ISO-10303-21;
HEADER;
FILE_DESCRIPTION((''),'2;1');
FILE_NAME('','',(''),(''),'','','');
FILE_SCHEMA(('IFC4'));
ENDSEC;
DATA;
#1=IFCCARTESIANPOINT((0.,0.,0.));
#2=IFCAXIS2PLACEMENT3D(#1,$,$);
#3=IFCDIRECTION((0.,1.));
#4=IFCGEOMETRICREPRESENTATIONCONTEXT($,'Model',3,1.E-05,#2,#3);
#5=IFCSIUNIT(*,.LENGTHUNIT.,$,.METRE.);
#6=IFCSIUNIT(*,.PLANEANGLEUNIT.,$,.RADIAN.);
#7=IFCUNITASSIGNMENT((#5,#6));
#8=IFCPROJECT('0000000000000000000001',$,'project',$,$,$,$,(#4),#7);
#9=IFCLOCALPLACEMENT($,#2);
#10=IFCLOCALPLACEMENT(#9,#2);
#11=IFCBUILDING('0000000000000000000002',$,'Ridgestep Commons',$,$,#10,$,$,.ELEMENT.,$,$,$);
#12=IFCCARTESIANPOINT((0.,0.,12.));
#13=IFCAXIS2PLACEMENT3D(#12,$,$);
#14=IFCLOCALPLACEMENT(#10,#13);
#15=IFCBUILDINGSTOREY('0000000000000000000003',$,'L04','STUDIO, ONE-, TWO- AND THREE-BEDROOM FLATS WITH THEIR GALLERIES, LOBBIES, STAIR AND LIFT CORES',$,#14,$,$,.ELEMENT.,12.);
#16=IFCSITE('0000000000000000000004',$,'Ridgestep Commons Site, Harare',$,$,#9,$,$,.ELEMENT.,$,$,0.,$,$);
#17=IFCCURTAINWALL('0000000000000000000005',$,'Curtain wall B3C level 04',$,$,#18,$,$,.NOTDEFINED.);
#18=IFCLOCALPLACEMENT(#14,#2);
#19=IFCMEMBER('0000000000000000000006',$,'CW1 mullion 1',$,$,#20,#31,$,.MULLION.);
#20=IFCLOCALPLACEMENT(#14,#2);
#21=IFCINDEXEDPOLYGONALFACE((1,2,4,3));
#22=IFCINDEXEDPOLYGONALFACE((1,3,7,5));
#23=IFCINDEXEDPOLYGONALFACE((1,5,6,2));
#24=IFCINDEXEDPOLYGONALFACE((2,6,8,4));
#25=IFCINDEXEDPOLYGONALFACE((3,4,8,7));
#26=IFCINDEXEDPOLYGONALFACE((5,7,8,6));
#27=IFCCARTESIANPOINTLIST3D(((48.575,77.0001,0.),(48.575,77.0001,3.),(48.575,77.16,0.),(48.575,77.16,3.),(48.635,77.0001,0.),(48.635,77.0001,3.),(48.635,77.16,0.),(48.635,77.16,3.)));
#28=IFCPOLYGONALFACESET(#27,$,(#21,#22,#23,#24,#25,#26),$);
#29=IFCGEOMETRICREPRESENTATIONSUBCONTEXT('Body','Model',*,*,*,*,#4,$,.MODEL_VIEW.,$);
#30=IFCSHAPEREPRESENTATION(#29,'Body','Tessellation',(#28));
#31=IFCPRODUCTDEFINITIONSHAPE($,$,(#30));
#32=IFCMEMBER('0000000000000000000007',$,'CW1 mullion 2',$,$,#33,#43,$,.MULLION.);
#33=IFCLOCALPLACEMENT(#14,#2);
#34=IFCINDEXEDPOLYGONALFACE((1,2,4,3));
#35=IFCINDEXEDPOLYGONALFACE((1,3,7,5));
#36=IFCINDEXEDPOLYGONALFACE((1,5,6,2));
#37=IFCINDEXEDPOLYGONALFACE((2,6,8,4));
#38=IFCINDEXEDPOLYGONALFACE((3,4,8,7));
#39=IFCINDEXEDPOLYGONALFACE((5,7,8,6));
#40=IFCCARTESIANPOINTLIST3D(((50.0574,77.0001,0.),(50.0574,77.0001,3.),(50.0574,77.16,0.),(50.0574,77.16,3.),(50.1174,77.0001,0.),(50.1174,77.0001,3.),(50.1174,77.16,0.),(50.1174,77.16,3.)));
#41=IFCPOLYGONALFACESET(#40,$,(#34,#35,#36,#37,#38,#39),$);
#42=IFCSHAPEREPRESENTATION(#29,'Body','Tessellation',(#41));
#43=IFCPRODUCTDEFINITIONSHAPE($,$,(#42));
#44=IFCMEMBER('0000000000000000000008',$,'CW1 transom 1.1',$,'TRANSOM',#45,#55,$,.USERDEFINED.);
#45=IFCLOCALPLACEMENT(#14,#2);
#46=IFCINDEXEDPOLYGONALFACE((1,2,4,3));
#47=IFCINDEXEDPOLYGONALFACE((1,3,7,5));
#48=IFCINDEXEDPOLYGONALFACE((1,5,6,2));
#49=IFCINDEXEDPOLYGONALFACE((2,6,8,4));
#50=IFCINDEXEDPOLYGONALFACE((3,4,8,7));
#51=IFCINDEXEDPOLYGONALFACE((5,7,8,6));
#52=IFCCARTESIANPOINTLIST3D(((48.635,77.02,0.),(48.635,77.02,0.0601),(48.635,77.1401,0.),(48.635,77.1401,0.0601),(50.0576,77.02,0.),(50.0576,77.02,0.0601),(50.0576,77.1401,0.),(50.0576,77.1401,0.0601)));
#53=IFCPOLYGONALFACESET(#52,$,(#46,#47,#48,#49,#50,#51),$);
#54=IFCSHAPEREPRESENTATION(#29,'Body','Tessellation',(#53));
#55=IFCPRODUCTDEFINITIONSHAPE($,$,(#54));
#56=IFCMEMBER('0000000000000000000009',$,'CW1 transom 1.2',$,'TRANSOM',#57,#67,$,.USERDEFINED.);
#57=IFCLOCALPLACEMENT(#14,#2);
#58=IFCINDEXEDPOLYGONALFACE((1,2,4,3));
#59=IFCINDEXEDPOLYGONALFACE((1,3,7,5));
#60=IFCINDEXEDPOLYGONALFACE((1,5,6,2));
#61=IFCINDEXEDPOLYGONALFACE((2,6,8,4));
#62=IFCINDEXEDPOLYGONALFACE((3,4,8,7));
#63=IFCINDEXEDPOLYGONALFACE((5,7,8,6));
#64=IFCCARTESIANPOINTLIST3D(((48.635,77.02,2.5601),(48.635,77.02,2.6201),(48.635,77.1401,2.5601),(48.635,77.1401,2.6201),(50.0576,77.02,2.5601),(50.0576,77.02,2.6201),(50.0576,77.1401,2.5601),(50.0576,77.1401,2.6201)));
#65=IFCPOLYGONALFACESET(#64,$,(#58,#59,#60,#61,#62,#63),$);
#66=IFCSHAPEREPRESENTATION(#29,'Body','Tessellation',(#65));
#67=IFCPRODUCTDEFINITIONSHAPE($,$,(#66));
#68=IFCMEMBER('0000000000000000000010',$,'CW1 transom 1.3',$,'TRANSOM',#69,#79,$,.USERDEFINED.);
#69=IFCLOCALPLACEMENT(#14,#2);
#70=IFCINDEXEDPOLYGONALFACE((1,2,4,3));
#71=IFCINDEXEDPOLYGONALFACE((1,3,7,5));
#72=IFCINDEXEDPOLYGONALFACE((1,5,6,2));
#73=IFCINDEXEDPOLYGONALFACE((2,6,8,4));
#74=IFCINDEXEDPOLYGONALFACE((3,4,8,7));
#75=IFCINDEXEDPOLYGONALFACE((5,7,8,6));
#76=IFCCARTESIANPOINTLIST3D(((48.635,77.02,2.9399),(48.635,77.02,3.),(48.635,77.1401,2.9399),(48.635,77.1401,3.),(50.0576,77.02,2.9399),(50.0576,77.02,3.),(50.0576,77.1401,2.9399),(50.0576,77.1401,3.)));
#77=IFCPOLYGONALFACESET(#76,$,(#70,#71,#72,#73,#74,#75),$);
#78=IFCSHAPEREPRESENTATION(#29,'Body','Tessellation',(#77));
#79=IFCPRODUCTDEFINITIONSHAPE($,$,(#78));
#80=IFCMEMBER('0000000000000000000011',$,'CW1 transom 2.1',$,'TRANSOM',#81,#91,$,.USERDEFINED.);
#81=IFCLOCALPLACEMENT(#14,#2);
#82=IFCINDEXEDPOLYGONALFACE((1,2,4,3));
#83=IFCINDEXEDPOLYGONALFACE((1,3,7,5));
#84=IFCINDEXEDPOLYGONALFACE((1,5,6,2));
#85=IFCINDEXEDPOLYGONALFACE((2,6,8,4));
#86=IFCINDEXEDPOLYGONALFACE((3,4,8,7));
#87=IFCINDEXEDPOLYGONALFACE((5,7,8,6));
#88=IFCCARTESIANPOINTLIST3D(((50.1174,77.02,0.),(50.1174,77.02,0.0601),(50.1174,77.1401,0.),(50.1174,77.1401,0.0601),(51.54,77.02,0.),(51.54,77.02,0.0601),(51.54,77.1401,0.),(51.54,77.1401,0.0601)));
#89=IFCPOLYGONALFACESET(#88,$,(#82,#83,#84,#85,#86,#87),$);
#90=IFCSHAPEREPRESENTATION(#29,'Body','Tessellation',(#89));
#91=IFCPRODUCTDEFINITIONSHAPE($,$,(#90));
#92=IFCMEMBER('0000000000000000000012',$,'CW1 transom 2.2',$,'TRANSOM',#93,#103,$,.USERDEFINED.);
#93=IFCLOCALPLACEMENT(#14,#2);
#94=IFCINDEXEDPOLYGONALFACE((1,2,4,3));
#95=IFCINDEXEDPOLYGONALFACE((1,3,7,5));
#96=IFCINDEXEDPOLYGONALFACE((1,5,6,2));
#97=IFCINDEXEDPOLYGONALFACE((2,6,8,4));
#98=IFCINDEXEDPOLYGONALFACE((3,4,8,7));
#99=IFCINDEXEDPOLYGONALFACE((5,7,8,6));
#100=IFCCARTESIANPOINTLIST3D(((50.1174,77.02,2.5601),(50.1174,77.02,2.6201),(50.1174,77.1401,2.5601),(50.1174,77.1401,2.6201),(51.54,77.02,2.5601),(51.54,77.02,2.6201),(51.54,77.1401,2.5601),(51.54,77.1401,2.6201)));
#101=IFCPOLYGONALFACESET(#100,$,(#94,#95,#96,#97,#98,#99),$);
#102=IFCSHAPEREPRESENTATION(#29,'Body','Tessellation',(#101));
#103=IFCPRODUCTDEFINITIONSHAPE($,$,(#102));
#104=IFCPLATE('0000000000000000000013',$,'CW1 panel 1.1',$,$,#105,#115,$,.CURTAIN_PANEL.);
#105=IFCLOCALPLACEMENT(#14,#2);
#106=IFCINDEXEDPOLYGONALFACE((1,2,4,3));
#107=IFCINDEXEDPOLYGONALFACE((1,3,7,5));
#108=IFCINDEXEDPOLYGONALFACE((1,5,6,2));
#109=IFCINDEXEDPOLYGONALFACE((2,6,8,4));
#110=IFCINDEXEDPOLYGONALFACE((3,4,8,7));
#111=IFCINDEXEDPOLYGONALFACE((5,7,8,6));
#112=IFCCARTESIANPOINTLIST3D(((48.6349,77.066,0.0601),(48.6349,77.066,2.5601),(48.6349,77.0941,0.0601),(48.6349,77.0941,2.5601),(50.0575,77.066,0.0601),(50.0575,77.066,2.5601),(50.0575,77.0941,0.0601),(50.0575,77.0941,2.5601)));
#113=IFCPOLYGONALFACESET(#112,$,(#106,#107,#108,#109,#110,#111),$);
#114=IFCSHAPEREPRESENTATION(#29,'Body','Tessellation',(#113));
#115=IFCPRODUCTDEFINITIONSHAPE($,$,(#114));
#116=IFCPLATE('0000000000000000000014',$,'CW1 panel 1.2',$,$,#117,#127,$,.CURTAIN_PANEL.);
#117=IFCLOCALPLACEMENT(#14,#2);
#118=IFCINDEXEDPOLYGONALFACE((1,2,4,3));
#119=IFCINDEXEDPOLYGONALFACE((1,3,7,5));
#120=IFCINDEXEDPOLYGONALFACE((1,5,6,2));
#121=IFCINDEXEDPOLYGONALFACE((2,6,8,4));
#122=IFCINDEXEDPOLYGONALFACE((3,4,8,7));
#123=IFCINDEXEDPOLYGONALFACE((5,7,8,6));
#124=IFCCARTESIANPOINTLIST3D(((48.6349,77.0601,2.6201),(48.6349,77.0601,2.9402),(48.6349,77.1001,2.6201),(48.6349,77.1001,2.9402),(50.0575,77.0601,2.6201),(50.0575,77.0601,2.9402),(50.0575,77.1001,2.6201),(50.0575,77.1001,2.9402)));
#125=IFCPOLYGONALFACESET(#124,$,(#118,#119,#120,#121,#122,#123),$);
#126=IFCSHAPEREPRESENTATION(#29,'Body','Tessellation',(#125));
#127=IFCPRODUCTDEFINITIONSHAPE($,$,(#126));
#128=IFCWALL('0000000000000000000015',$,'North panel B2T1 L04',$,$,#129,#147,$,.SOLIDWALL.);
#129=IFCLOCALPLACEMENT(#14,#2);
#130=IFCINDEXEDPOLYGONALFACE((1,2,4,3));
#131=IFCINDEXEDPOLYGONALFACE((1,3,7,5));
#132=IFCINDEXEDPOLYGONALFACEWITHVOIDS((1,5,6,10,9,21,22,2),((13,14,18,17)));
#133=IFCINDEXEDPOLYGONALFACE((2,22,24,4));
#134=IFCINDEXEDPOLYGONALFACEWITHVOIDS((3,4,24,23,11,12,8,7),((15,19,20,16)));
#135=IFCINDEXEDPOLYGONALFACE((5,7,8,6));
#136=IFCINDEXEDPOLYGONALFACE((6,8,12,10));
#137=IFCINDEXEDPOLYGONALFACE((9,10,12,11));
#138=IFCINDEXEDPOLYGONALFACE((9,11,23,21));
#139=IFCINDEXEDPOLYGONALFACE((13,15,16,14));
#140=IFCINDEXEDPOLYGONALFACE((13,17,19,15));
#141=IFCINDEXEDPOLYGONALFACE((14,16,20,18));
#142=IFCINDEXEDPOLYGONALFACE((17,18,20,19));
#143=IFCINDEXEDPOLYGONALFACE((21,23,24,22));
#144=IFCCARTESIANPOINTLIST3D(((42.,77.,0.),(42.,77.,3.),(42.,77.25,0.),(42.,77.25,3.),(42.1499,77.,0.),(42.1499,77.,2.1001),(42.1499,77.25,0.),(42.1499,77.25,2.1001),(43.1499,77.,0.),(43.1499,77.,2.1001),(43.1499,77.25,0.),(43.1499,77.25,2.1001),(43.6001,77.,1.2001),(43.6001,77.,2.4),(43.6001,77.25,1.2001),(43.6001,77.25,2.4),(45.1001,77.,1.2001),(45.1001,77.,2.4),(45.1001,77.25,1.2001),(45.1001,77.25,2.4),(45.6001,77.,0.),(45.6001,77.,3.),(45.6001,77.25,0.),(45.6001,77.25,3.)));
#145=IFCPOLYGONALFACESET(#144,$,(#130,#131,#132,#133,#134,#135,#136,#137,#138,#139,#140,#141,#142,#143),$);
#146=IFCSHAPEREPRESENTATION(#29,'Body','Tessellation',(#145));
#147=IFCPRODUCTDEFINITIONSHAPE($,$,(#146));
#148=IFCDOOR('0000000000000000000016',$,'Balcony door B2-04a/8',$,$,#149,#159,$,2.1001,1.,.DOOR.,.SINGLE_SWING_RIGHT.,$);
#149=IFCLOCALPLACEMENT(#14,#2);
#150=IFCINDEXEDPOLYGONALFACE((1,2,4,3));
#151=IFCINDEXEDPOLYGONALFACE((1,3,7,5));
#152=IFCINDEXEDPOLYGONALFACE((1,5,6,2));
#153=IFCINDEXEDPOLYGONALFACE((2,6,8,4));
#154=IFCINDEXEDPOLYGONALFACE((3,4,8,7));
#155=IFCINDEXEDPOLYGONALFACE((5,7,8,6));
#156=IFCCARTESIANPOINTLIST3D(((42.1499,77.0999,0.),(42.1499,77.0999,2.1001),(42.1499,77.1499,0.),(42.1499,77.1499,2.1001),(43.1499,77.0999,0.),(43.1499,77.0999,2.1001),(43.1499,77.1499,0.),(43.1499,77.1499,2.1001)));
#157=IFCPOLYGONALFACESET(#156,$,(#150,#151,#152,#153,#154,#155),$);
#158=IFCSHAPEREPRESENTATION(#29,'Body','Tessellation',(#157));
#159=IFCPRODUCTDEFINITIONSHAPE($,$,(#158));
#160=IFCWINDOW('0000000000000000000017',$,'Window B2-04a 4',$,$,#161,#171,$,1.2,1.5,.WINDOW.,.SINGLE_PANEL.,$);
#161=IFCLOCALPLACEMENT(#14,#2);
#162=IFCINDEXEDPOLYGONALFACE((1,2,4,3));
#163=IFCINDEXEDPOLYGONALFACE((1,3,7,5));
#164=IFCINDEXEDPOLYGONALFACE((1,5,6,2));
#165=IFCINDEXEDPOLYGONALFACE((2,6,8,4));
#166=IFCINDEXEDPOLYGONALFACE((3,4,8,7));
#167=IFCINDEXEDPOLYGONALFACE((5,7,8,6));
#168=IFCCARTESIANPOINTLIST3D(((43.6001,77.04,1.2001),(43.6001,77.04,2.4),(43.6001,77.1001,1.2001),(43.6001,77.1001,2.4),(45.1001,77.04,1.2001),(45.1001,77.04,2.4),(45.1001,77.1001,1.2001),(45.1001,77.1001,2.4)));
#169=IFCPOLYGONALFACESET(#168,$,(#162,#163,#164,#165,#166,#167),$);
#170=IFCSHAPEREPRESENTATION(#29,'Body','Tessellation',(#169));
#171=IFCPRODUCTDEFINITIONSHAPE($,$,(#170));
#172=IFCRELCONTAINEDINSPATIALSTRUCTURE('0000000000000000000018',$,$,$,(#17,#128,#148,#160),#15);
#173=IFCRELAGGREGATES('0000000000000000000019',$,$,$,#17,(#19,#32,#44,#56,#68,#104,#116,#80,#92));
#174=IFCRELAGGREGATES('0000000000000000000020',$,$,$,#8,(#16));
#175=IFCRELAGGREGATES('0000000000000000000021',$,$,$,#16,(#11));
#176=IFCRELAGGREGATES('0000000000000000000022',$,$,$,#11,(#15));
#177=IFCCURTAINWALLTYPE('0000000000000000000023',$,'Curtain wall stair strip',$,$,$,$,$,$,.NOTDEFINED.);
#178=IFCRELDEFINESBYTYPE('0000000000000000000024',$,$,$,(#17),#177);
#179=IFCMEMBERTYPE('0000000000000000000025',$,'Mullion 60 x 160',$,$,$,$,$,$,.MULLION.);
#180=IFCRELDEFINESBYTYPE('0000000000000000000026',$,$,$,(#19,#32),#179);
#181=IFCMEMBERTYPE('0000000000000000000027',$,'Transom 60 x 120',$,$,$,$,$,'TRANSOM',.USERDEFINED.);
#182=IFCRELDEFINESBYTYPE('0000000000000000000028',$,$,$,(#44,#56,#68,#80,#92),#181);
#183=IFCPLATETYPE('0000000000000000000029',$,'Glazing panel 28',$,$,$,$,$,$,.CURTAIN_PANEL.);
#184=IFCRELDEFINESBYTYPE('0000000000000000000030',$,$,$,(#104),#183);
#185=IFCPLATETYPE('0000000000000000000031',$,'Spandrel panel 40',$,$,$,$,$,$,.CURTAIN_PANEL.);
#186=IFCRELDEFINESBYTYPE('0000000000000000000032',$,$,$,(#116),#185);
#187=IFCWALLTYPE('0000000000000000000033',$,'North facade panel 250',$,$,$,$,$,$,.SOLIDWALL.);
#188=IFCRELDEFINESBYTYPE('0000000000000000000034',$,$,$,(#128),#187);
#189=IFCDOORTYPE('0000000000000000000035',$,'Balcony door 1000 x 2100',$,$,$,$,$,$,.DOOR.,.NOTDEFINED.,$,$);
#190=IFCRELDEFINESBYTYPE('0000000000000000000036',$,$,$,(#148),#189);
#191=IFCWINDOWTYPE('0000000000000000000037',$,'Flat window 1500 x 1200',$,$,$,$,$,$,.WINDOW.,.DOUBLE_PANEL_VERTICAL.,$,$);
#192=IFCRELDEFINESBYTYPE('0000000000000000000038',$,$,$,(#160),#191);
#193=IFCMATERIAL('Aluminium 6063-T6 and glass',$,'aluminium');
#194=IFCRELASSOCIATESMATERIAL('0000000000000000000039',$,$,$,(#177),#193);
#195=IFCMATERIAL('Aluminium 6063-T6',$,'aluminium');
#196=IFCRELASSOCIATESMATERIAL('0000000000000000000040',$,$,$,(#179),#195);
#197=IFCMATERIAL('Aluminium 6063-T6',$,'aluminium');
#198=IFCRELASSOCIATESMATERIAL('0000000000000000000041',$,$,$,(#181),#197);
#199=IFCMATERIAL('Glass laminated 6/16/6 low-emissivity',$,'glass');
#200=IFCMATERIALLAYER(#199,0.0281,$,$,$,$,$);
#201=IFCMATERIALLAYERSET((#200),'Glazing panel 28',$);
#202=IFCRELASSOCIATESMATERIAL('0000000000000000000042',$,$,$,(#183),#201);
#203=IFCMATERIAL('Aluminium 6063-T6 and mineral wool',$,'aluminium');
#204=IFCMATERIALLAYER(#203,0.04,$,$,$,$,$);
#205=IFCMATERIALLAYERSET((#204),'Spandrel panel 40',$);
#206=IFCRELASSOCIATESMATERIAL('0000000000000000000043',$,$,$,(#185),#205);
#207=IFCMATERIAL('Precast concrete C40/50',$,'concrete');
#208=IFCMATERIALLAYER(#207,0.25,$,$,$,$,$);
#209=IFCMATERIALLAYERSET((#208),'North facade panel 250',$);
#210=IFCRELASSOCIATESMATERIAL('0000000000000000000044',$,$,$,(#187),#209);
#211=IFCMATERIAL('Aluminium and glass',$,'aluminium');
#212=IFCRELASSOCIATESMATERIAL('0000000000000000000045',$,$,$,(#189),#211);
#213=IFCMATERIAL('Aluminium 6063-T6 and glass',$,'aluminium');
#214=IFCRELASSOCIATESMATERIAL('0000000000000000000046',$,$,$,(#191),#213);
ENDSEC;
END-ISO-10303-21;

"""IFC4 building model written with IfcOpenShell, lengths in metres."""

from ifc_helpers import new_model, si_unit, direction, frame, frame_2d, origin, origin_2d, place, context, subcontext, project, spatial, rectangle, extrude, material, layer, layer_set, material_profile, profile_set, type_object, element, fill, aggregate, save


model = new_model("IFC4")

# Units and contexts
model_context = context("Model", 3, precision=1e-05, world=origin(), true_north=direction((0.0, 1.0)))
body_context = subcontext(model_context, "Body", "Model", "MODEL_VIEW")
ifc_project = project(units=[si_unit("LENGTHUNIT", "METRE"), si_unit("PLANEANGLEUNIT", "RADIAN")], contexts=[model_context])

# Site, building, storey
site_placement = place(None, origin())
site = spatial("IfcSite", under=ifc_project, at=site_placement, Name="Ridgestep Commons Site, Harare", CompositionType="ELEMENT", RefElevation=0.0)
building_placement = place(site_placement, origin())
building = spatial("IfcBuilding", under=site, at=building_placement, Name="Ridgestep Commons", CompositionType="ELEMENT")
storey_placement = place(building_placement, frame((0.0, 0.0, 12.0)))
storey = spatial("IfcBuildingStorey", under=building, at=storey_placement, Name="L04", Description="STUDIO, ONE-, TWO- AND THREE-BEDROOM FLATS WITH THEIR GALLERIES, LOBBIES, STAIR AND LIFT CORES", CompositionType="ELEMENT", Elevation=12.0)

# Curtain wall, members, plates
ifc_material_1 = material(Name="Aluminium 6063-T6 and glass", Category="aluminium")
curtain_wall_type = type_object("IfcCurtainWallType", Name="Curtain wall stair strip", PredefinedType="NOTDEFINED", material=ifc_material_1)
curtain_wall_placement = place(storey_placement, origin())
curtain_wall = element("IfcCurtainWall", 1, at=curtain_wall_placement, inside=storey, type_object=curtain_wall_type, Name="Curtain wall B3C level 04", PredefinedType="NOTDEFINED")
ifc_material_2 = material(Name="Aluminium 6063-T6", Category="aluminium")
ifc_material_profile_1 = material_profile(ifc_material_2, rectangle(XDim=0.1599, YDim=0.0601, at=origin_2d()), Name="Mullion 60 x 160")
ifc_profile_set_1 = profile_set([ifc_material_profile_1], Name="Aluminium 6063-T6")
member_type_1 = type_object("IfcMemberType", Name="Mullion 60 x 160", PredefinedType="MULLION", material=ifc_profile_set_1)
member_1_placement = place(storey_placement, frame((48.605, 77.0801, 0.0), z_axis=(0.0, 0.0, 1.0), x_axis=(0.0, 1.0, 0.0)))
member_1 = element("IfcMember", 2, at=member_1_placement, type_object=member_type_1, Name="CW1 mullion 1", PredefinedType="MULLION", context=body_context, shape_type="SweptSolid", body=[
    extrude(rectangle(XDim=0.1599, YDim=0.0601, at=origin_2d()), origin(), (0.0, 0.0, 1.0), 3.0),
])
member_2_placement = place(storey_placement, frame((50.0874, 77.0801, 0.0), z_axis=(0.0, 0.0, 1.0), x_axis=(0.0, 1.0, 0.0)))
member_2 = element("IfcMember", 3, at=member_2_placement, type_object=member_type_1, Name="CW1 mullion 2", PredefinedType="MULLION", context=body_context, shape_type="SweptSolid", body=[
    extrude(rectangle(XDim=0.1599, YDim=0.0601, at=origin_2d()), origin(), (0.0, 0.0, 1.0), 3.0),
])
ifc_material_3 = material(Name="Aluminium 6063-T6", Category="aluminium")
ifc_material_profile_2 = material_profile(ifc_material_3, rectangle(XDim=0.1201, YDim=0.0601, at=origin_2d()), Name="Transom 60 x 120")
ifc_profile_set_2 = profile_set([ifc_material_profile_2], Name="Aluminium 6063-T6")
member_type_2 = type_object("IfcMemberType", Name="Transom 60 x 120", ElementType="TRANSOM", PredefinedType="USERDEFINED", material=ifc_profile_set_2)
member_3_placement = place(storey_placement, frame((48.635, 77.0801, 0.03), z_axis=(1.0, 0.0, 0.0), x_axis=(0.0, 1.0, 0.0)))
member_3 = element("IfcMember", 4, at=member_3_placement, type_object=member_type_2, Name="CW1 transom 1.1", ObjectType="TRANSOM", PredefinedType="USERDEFINED", context=body_context, shape_type="SweptSolid", body=[
    extrude(rectangle(XDim=0.1201, YDim=0.0601, at=origin_2d()), origin(), (0.0, 0.0, 1.0), 1.4226),
])
member_4_placement = place(storey_placement, frame((48.635, 77.0801, 2.5901), z_axis=(1.0, 0.0, 0.0), x_axis=(0.0, 1.0, 0.0)))
member_4 = element("IfcMember", 5, at=member_4_placement, type_object=member_type_2, Name="CW1 transom 1.2", ObjectType="TRANSOM", PredefinedType="USERDEFINED", context=body_context, shape_type="SweptSolid", body=[
    extrude(rectangle(XDim=0.1201, YDim=0.0601, at=origin_2d()), origin(), (0.0, 0.0, 1.0), 1.4226),
])
member_5_placement = place(storey_placement, frame((48.635, 77.0801, 2.97), z_axis=(1.0, 0.0, 0.0), x_axis=(0.0, 1.0, 0.0)))
member_5 = element("IfcMember", 6, at=member_5_placement, type_object=member_type_2, Name="CW1 transom 1.3", ObjectType="TRANSOM", PredefinedType="USERDEFINED", context=body_context, shape_type="SweptSolid", body=[
    extrude(rectangle(XDim=0.1201, YDim=0.0601, at=origin_2d()), origin(), (0.0, 0.0, 1.0), 1.4226),
])
member_6_placement = place(storey_placement, frame((50.1174, 77.0801, 0.03), z_axis=(1.0, 0.0, 0.0), x_axis=(0.0, 1.0, 0.0)))
member_6 = element("IfcMember", 7, at=member_6_placement, type_object=member_type_2, Name="CW1 transom 2.1", ObjectType="TRANSOM", PredefinedType="USERDEFINED", context=body_context, shape_type="SweptSolid", body=[
    extrude(rectangle(XDim=0.1201, YDim=0.0601, at=origin_2d()), origin(), (0.0, 0.0, 1.0), 1.4226),
])
member_7_placement = place(storey_placement, frame((50.1174, 77.0801, 2.5901), z_axis=(1.0, 0.0, 0.0), x_axis=(0.0, 1.0, 0.0)))
member_7 = element("IfcMember", 8, at=member_7_placement, type_object=member_type_2, Name="CW1 transom 2.2", ObjectType="TRANSOM", PredefinedType="USERDEFINED", context=body_context, shape_type="SweptSolid", body=[
    extrude(rectangle(XDim=0.1201, YDim=0.0601, at=origin_2d()), origin(), (0.0, 0.0, 1.0), 1.4226),
])
ifc_material_4 = material(Name="Glass laminated 6/16/6 low-emissivity", Category="glass")
ifc_layer_1 = layer(ifc_material_4, 0.0281)
ifc_layer_set_1 = layer_set([ifc_layer_1], Name="Glazing panel 28")
plate_type_1 = type_object("IfcPlateType", Name="Glazing panel 28", PredefinedType="CURTAIN_PANEL", material=ifc_layer_set_1)
plate_1_placement = place(storey_placement, frame((49.3462, 77.0801, 0.0601), z_axis=(0.0, 0.0, 1.0), x_axis=(1.0, 0.0, 0.0)))
plate_1 = element("IfcPlate", 9, at=plate_1_placement, type_object=plate_type_1, Name="CW1 panel 1.1", PredefinedType="CURTAIN_PANEL", context=body_context, shape_type="SweptSolid", body=[
    extrude(rectangle(XDim=1.4226, YDim=0.0281, at=origin_2d()), origin(), (0.0, 0.0, 1.0), 2.5),
])
ifc_material_5 = material(Name="Aluminium 6063-T6 and mineral wool", Category="aluminium")
ifc_layer_2 = layer(ifc_material_5, 0.04)
ifc_layer_set_2 = layer_set([ifc_layer_2], Name="Spandrel panel 40")
plate_type_2 = type_object("IfcPlateType", Name="Spandrel panel 40", PredefinedType="CURTAIN_PANEL", material=ifc_layer_set_2)
plate_2_placement = place(storey_placement, frame((49.3462, 77.0801, 2.6201), z_axis=(0.0, 0.0, 1.0), x_axis=(1.0, 0.0, 0.0)))
plate_2 = element("IfcPlate", 10, at=plate_2_placement, type_object=plate_type_2, Name="CW1 panel 1.2", PredefinedType="CURTAIN_PANEL", context=body_context, shape_type="SweptSolid", body=[
    extrude(rectangle(XDim=1.4226, YDim=0.04, at=origin_2d()), origin(), (0.0, 0.0, 1.0), 0.3201),
])
aggregate(curtain_wall, [member_1, member_2, member_3, member_4, member_5, plate_1, plate_2, member_6, member_7])

# Wall, openings, door, window
ifc_material_6 = material(Name="Precast concrete C40/50", Category="concrete")
ifc_layer_3 = layer(ifc_material_6, 0.25)
ifc_layer_set_3 = layer_set([ifc_layer_3], Name="North facade panel 250")
wall_type = type_object("IfcWallType", Name="North facade panel 250", PredefinedType="SOLIDWALL", material=ifc_layer_set_3)
wall_1_placement = place(storey_placement, frame((42.0, 77.125, 0.0), z_axis=(0.0, 0.0, 1.0), x_axis=(1.0, 0.0, 0.0)))
wall_1 = element("IfcWall", 11, at=wall_1_placement, inside=storey, type_object=wall_type, Name="North panel B2T1 L04", PredefinedType="SOLIDWALL", context=body_context, shape_type="SweptSolid", body=[
    extrude(rectangle(XDim=3.6001, YDim=0.25, at=frame_2d((1.8, 0.0))), origin(), (0.0, 0.0, 1.0), 3.0),
])
opening_1_placement = place(wall_1_placement, frame((1.6001, 0.0, 1.2)))
opening_1 = element("IfcOpeningElement", 12, at=opening_1_placement, cuts=wall_1, PredefinedType="OPENING", context=body_context, shape_type="SweptSolid", body=[
    extrude(rectangle(XDim=1.5, YDim=1.2, at=frame_2d((0.75, 0.6001))), frame((0.0, 0.135, 0.0), z_axis=(0.0, -1.0, 0.0), x_axis=(1.0, 0.0, 0.0)), (0.0, 0.0, 1.0), 0.27),
])
opening_2_placement = place(wall_1_placement, frame((0.1499, 0.0, 0.0)))
opening_2 = element("IfcOpeningElement", 13, at=opening_2_placement, cuts=wall_1, PredefinedType="OPENING", context=body_context, shape_type="SweptSolid", body=[
    extrude(rectangle(XDim=1.0, YDim=2.1001, at=frame_2d((0.5, 1.05))), frame((0.0, 0.135, 0.0), z_axis=(0.0, -1.0, 0.0), x_axis=(1.0, 0.0, 0.0)), (0.0, 0.0, 1.0), 0.27),
])
ifc_material_7 = material(Name="Aluminium and glass", Category="aluminium")
door_type = type_object("IfcDoorType", Name="Balcony door 1000 x 2100", OperationType="NOTDEFINED", PredefinedType="DOOR", material=ifc_material_7)
door_placement = place(opening_2_placement, origin())
door = element("IfcDoor", 14, at=door_placement, inside=storey, type_object=door_type, Name="Balcony door B2-04a/8", OperationType="SINGLE_SWING_RIGHT", OverallHeight=2.1001, OverallWidth=1.0, PredefinedType="DOOR", context=body_context, shape_type="SweptSolid", body=[
    extrude(rectangle(XDim=1.0, YDim=2.1001, at=frame_2d((0.5, 1.05))), frame((0.0, 0.0249, 0.0), z_axis=(0.0, -1.0, 0.0), x_axis=(1.0, 0.0, 0.0)), (0.0, 0.0, 1.0), 0.05),
])
fill(opening_2, door)
ifc_material_8 = material(Name="Aluminium 6063-T6 and glass", Category="aluminium")
window_type = type_object("IfcWindowType", Name="Flat window 1500 x 1200", PartitioningType="DOUBLE_PANEL_VERTICAL", PredefinedType="WINDOW", material=ifc_material_8)
window_placement = place(opening_1_placement, origin())
window = element("IfcWindow", 15, at=window_placement, inside=storey, type_object=window_type, Name="Window B2-04a 4", OverallHeight=1.2, OverallWidth=1.5, PartitioningType="SINGLE_PANEL", PredefinedType="WINDOW", context=body_context, shape_type="SweptSolid", body=[
    extrude(rectangle(XDim=1.5, YDim=1.2, at=frame_2d((0.75, 0.6001))), frame((0.0, -0.0249, 0.0), z_axis=(0.0, -1.0, 0.0), x_axis=(1.0, 0.0, 0.0)), (0.0, 0.0, 1.0), 0.0601),
])
fill(opening_1, window)

save(model, "model.ifc")
